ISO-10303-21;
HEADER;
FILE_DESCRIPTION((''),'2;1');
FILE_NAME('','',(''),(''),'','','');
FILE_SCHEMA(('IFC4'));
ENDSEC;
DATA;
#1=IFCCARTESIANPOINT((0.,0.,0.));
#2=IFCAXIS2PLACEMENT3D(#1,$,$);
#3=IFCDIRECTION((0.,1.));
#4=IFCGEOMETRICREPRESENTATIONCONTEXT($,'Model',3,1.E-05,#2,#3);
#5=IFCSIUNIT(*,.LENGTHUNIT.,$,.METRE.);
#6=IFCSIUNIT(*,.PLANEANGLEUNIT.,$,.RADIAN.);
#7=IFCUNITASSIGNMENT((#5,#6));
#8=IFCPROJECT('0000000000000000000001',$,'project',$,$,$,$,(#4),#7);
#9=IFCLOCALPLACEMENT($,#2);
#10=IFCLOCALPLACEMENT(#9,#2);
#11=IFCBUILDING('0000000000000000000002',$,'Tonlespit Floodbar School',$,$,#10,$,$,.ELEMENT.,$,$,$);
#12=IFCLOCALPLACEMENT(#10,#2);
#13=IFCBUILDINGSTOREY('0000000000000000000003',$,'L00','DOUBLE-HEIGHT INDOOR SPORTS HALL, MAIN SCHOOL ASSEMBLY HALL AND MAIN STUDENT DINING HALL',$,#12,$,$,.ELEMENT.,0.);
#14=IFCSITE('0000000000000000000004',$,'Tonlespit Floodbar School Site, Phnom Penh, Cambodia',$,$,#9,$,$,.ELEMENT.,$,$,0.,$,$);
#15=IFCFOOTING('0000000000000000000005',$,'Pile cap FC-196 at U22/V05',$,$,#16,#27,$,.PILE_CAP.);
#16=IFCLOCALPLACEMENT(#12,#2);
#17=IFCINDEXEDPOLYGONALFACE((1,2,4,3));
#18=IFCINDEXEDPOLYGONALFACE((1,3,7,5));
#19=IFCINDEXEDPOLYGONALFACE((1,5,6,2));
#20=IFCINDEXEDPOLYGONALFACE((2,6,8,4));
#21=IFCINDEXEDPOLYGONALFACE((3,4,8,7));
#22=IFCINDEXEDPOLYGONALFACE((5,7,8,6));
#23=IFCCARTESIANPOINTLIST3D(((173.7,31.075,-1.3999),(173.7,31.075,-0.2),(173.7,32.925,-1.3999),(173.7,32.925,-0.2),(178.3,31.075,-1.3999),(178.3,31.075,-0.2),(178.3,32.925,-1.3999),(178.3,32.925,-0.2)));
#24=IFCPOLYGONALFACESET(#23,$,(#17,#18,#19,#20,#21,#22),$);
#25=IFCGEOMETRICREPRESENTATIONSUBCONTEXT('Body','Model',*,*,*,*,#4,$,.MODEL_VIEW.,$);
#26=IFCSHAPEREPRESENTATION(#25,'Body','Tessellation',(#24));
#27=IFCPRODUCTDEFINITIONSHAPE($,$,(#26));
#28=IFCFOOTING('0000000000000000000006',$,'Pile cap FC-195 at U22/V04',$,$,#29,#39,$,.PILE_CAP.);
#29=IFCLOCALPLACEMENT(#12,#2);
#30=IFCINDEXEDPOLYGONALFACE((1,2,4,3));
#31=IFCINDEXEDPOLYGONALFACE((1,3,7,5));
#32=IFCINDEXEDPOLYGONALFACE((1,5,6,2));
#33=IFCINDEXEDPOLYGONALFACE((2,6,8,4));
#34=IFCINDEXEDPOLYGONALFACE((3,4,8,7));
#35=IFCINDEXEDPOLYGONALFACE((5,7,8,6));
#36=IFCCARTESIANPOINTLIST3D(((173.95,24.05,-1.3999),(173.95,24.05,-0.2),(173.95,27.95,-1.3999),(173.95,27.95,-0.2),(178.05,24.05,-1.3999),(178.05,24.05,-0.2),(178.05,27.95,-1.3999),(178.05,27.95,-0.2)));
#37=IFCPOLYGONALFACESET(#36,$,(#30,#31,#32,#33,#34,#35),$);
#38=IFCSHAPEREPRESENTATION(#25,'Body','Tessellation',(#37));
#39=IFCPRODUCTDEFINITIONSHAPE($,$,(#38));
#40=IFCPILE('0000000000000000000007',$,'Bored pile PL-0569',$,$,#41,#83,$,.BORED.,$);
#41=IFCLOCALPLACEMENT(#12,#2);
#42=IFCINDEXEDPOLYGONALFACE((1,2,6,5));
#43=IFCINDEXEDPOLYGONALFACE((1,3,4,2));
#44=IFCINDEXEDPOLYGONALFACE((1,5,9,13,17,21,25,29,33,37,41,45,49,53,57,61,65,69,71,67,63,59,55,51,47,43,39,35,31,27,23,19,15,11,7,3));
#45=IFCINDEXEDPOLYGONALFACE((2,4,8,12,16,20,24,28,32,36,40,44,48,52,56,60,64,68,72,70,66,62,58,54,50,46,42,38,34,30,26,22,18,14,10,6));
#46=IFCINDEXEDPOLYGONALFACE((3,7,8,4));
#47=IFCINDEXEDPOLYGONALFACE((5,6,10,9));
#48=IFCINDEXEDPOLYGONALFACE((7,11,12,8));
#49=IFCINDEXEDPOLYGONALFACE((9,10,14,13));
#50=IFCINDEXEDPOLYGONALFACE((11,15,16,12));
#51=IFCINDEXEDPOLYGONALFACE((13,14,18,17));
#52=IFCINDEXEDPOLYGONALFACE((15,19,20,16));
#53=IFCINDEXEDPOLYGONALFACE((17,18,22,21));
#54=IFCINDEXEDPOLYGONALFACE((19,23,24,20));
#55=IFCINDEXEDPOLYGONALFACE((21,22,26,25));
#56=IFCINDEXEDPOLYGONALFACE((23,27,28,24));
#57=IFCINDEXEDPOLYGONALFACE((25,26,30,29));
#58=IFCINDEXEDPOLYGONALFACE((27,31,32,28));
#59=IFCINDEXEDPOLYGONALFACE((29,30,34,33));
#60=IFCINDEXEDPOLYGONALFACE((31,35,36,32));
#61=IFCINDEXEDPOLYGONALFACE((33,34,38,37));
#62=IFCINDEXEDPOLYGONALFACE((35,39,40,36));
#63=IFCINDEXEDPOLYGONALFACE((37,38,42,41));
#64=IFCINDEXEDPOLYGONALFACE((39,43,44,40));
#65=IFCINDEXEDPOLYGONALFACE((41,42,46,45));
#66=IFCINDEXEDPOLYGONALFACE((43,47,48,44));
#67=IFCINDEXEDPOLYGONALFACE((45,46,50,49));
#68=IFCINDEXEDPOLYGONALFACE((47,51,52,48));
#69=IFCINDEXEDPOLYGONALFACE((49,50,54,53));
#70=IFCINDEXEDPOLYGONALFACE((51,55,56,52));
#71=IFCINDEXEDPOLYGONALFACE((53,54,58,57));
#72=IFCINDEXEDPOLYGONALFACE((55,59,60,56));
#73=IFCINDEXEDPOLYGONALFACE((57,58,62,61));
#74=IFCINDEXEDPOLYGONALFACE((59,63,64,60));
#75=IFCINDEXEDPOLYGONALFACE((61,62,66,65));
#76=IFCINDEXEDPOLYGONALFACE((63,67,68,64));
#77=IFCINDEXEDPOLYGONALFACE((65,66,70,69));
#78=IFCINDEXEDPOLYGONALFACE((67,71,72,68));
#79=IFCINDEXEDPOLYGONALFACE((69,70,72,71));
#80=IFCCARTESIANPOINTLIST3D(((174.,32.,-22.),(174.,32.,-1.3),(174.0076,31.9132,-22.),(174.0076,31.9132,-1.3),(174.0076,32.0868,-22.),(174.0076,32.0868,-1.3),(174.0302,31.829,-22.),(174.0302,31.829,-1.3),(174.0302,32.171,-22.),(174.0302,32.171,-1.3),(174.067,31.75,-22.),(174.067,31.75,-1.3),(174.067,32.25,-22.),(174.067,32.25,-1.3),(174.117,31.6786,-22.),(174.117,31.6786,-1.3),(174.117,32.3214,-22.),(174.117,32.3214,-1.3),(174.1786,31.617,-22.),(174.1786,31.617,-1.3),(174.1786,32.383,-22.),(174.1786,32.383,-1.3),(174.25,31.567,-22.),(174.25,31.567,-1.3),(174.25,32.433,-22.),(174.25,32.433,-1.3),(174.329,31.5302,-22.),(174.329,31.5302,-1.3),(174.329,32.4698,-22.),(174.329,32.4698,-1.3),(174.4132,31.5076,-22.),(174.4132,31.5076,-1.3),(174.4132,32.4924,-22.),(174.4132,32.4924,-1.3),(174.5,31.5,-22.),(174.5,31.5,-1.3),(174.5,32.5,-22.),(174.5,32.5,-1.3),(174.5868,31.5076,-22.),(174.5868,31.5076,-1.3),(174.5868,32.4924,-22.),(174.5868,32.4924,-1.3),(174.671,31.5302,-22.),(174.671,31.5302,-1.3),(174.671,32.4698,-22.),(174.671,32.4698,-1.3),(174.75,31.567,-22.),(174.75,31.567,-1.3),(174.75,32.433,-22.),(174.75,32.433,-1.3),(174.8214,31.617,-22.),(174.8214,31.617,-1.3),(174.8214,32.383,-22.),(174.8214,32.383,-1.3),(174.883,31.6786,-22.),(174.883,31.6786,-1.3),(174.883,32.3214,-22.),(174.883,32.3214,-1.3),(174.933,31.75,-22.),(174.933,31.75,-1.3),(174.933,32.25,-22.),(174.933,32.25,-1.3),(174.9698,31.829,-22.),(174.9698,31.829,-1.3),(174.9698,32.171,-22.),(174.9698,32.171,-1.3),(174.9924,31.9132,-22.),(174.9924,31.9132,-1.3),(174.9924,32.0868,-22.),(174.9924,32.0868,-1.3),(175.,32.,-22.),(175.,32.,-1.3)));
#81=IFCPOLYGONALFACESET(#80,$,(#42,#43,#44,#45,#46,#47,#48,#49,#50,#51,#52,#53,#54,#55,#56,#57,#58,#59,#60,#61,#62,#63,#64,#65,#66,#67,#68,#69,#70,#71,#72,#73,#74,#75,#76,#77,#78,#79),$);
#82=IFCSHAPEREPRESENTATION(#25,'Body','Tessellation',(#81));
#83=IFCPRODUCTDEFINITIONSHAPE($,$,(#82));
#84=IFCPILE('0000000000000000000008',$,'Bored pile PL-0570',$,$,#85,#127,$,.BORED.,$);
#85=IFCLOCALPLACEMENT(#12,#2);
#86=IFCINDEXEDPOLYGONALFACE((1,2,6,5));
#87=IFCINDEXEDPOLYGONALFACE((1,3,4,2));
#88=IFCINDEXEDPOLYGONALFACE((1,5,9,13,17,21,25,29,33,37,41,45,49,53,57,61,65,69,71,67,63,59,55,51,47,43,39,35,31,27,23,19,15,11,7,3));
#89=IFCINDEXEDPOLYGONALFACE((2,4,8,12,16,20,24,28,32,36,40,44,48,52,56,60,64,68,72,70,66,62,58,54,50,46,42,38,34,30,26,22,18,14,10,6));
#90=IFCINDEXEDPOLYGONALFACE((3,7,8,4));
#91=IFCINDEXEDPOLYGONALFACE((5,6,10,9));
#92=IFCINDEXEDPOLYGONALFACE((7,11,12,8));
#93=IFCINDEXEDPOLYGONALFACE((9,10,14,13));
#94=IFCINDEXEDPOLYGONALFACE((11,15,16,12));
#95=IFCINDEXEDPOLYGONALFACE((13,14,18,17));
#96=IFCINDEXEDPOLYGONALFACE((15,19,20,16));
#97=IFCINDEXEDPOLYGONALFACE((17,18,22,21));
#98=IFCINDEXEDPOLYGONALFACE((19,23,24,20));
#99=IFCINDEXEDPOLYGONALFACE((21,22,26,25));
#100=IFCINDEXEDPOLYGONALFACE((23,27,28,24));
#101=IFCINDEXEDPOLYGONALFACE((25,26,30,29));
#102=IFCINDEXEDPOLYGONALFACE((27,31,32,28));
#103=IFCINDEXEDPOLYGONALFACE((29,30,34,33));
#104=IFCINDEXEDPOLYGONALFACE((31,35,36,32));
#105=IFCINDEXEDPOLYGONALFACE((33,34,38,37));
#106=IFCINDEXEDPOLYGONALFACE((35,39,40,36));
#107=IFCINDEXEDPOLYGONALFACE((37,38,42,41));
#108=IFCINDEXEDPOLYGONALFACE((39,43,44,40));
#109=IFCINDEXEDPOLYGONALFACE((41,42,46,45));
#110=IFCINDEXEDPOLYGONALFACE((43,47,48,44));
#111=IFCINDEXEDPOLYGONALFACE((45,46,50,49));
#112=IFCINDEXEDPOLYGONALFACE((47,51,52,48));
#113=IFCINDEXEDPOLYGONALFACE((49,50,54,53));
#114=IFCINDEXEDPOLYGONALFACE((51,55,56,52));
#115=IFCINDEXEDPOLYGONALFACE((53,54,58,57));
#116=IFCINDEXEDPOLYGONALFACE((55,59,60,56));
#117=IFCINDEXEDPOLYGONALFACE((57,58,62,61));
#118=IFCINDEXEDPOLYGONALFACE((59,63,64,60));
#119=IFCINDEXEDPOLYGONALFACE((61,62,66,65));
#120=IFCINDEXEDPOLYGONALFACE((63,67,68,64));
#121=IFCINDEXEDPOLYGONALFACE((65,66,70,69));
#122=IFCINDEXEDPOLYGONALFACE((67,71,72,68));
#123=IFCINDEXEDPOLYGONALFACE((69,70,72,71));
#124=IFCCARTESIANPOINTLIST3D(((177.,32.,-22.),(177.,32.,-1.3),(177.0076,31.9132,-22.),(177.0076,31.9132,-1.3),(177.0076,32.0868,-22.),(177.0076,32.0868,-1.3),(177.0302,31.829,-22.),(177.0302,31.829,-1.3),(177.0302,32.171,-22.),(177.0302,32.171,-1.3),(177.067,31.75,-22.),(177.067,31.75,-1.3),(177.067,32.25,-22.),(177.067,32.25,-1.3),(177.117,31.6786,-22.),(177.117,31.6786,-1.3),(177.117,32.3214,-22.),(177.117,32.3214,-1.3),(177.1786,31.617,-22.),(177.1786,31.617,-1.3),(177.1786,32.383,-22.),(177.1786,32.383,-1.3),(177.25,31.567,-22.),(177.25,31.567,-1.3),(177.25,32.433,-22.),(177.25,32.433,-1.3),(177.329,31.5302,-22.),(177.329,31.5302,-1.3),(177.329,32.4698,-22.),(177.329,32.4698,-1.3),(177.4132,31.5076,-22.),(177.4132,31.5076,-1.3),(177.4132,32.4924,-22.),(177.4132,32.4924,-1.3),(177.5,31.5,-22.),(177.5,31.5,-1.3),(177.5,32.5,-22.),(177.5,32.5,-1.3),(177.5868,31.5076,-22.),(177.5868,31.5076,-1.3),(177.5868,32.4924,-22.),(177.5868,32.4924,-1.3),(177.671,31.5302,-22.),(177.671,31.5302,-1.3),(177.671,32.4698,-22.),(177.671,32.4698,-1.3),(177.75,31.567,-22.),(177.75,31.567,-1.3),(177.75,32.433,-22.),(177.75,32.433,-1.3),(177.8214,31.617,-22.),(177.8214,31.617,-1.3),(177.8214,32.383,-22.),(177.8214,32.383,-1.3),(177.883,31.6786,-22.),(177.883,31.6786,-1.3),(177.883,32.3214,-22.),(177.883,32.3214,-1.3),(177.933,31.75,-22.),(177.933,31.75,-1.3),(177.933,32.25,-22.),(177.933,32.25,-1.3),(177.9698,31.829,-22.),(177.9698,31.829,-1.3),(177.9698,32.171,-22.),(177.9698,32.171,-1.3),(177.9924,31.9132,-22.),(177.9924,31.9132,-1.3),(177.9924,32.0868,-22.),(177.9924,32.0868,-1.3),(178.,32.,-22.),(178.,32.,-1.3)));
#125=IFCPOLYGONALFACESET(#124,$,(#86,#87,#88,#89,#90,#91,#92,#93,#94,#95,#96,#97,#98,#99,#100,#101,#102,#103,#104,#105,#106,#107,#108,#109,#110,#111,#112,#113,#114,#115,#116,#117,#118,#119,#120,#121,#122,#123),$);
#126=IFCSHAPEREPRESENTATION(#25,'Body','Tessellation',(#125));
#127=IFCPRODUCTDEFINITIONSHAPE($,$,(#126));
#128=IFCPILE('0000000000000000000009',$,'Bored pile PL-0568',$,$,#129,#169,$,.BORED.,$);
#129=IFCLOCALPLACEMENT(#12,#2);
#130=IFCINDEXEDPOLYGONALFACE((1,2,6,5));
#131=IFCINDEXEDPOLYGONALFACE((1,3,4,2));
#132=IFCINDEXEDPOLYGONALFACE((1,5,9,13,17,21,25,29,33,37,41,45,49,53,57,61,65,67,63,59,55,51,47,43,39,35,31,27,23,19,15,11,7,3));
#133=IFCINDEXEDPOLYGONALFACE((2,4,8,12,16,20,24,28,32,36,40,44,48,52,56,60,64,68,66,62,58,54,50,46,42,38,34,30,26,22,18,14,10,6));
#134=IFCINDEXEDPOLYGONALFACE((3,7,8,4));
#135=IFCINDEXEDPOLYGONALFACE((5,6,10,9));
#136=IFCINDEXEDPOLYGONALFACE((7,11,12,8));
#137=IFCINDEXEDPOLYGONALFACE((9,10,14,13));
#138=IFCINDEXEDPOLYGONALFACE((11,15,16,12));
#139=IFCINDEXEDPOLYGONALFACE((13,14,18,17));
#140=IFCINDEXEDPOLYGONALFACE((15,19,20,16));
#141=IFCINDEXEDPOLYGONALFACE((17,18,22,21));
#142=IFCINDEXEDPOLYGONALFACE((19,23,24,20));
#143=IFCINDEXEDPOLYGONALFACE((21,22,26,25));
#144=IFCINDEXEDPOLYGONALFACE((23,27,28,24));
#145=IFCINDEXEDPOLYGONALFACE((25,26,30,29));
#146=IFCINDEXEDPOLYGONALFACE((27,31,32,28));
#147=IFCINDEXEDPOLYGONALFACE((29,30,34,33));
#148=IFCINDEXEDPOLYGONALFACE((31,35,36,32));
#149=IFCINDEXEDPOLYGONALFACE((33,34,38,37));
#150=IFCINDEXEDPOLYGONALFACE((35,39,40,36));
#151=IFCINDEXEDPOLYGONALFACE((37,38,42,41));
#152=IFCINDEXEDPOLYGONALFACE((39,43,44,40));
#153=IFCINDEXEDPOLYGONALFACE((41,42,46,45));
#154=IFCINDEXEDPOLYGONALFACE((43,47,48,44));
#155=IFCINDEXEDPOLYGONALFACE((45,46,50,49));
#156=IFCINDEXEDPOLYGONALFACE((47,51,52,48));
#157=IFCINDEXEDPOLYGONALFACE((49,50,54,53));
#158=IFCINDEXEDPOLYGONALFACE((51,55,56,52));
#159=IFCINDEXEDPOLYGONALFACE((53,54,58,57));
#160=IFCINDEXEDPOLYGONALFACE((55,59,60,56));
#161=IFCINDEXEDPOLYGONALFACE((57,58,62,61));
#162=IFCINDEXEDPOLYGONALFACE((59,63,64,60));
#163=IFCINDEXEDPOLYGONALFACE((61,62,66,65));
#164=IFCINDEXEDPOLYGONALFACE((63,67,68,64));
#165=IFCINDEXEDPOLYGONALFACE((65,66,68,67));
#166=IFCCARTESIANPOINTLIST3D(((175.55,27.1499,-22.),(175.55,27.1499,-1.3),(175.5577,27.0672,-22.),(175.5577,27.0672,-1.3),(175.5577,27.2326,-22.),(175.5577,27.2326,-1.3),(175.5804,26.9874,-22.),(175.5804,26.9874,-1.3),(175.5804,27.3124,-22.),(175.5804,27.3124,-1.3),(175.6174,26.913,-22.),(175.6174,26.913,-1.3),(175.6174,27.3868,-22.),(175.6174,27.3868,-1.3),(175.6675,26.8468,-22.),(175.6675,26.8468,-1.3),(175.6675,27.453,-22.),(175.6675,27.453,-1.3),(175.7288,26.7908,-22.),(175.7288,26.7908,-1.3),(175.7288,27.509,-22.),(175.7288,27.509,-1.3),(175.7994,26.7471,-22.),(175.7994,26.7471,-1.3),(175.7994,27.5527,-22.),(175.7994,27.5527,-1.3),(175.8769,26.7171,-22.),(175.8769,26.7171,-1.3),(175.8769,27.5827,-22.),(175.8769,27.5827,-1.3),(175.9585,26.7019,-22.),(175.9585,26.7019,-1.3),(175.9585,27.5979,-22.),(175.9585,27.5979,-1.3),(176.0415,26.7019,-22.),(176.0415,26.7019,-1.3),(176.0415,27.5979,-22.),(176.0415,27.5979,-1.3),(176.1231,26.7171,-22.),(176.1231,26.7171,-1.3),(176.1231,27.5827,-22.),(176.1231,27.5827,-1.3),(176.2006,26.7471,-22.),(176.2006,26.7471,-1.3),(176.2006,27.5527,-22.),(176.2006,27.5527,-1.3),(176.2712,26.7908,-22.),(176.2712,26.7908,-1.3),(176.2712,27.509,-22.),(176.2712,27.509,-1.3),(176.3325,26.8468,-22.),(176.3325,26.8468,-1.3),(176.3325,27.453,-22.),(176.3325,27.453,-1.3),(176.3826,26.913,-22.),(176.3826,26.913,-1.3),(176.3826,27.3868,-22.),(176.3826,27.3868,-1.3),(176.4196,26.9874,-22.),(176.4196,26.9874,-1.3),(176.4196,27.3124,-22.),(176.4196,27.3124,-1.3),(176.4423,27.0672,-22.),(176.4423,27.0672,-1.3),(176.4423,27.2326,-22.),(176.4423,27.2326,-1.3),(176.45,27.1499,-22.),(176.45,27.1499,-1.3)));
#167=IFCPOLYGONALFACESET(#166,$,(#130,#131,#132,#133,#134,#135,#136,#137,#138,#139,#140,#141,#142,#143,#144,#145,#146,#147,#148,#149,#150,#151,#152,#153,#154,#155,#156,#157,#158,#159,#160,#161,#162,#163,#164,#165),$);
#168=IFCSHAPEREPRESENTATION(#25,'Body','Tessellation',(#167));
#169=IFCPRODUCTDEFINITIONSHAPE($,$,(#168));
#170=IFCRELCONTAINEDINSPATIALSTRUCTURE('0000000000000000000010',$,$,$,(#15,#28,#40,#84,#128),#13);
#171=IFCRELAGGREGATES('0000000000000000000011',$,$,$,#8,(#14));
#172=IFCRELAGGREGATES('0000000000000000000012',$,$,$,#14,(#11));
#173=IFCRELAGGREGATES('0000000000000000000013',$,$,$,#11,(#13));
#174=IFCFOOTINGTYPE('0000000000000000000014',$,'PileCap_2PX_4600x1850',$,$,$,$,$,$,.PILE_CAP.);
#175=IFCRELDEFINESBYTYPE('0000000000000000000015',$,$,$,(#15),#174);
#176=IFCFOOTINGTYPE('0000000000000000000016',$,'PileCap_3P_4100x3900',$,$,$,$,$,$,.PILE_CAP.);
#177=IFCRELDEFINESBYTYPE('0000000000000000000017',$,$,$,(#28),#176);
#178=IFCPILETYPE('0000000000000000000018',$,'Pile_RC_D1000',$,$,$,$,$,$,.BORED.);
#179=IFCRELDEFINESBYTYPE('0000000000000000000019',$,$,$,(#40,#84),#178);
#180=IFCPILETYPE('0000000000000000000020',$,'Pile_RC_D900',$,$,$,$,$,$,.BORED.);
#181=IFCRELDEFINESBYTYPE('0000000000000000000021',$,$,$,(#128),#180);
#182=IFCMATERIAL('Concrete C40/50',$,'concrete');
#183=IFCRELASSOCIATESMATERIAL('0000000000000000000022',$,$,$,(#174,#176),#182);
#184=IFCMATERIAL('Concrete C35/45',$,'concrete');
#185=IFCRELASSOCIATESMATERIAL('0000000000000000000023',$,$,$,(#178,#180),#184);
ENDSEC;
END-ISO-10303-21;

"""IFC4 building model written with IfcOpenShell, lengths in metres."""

from ifc_helpers import new_model, si_unit, direction, frame, origin, origin_2d, place, context, subcontext, project, spatial, rectangle, circle, extrude, material, material_profile, profile_set, type_object, element, save


model = new_model("IFC4")

# Units and contexts
model_context = context("Model", 3, precision=1e-05, world=origin(), true_north=direction((0.0, 1.0)))
body_context = subcontext(model_context, "Body", "Model", "MODEL_VIEW")
ifc_project = project(units=[si_unit("LENGTHUNIT", "METRE"), si_unit("PLANEANGLEUNIT", "RADIAN")], contexts=[model_context])

# Site, building, storey
site_placement = place(None, origin())
site = spatial("IfcSite", under=ifc_project, at=site_placement, Name="Tonlespit Floodbar School Site, Phnom Penh, Cambodia", CompositionType="ELEMENT", RefElevation=0.0)
building_placement = place(site_placement, origin())
building = spatial("IfcBuilding", under=site, at=building_placement, Name="Tonlespit Floodbar School", CompositionType="ELEMENT")
storey_placement = place(building_placement, origin())
storey = spatial("IfcBuildingStorey", under=building, at=storey_placement, Name="L00", Description="DOUBLE-HEIGHT INDOOR SPORTS HALL, MAIN SCHOOL ASSEMBLY HALL AND MAIN STUDENT DINING HALL", CompositionType="ELEMENT", Elevation=0.0)

# Footings
ifc_material_1 = material(Name="Concrete C40/50", Category="concrete")
footing_type_1 = type_object("IfcFootingType", Name="PileCap_2PX_4600x1850", PredefinedType="PILE_CAP", material=ifc_material_1)
footing_1_placement = place(storey_placement, frame((176.0, 32.0, -1.3999), z_axis=(0.0, 0.0, 1.0), x_axis=(1.0, 0.0, 0.0)))
element("IfcFooting", 1, at=footing_1_placement, inside=storey, type_object=footing_type_1, Name="Pile cap FC-196 at U22/V05", PredefinedType="PILE_CAP", context=body_context, shape_type="SweptSolid", body=[
    extrude(rectangle(XDim=4.6001, YDim=1.8501, at=origin_2d()), origin(), (0.0, 0.0, 1.0), 1.2),
])
footing_type_2 = type_object("IfcFootingType", Name="PileCap_3P_4100x3900", PredefinedType="PILE_CAP", material=ifc_material_1)
footing_2_placement = place(storey_placement, frame((176.0, 26.0, -1.3999), z_axis=(0.0, 0.0, 1.0), x_axis=(1.0, 0.0, 0.0)))
element("IfcFooting", 2, at=footing_2_placement, inside=storey, type_object=footing_type_2, Name="Pile cap FC-195 at U22/V04", PredefinedType="PILE_CAP", context=body_context, shape_type="SweptSolid", body=[
    extrude(rectangle(XDim=4.1001, YDim=3.8999, at=origin_2d()), origin(), (0.0, 0.0, 1.0), 1.2),
])

# Piles
ifc_material_2 = material(Name="Concrete C35/45", Category="concrete")
ifc_material_profile_1 = material_profile(ifc_material_2, circle(Radius=0.5, at=origin_2d()), Name="BP D1000")
ifc_profile_set_1 = profile_set([ifc_material_profile_1], Name="Concrete C35/45")
pile_type_1 = type_object("IfcPileType", Name="Pile_RC_D1000", PredefinedType="BORED", material=ifc_profile_set_1)
for number, where, z_axis, x_axis, name in (
    (3, (174.5, 32.0, -1.3), (0.0, 0.0, -1.0), (1.0, 0.0, 0.0), "Bored pile PL-0569"),
    (4, (177.5, 32.0, -1.3), (0.0, 0.0, -1.0), (1.0, 0.0, 0.0), "Bored pile PL-0570"),
):
    element("IfcPile", number, at=place(storey_placement, frame(where, z_axis=z_axis, x_axis=x_axis)), inside=storey, type_object=pile_type_1, Name=name, PredefinedType="BORED", context=body_context, shape_type="SweptSolid", body=[
        extrude(circle(Radius=0.5, at=origin_2d()), origin(), (0.0, 0.0, 1.0), 20.7),
    ])
ifc_material_profile_2 = material_profile(ifc_material_2, circle(Radius=0.45, at=origin_2d()), Name="BP D900")
ifc_profile_set_2 = profile_set([ifc_material_profile_2], Name="Concrete C35/45")
pile_type_2 = type_object("IfcPileType", Name="Pile_RC_D900", PredefinedType="BORED", material=ifc_profile_set_2)
for number, where, z_axis, x_axis, name in (
    (5, (176.0, 27.1499, -1.3), (0.0, 0.0, -1.0), (1.0, 0.0, 0.0), "Bored pile PL-0568"),
):
    element("IfcPile", number, at=place(storey_placement, frame(where, z_axis=z_axis, x_axis=x_axis)), inside=storey, type_object=pile_type_2, Name=name, PredefinedType="BORED", context=body_context, shape_type="SweptSolid", body=[
        extrude(circle(Radius=0.45, at=origin_2d()), origin(), (0.0, 0.0, 1.0), 20.7),
    ])

save(model, "model.ifc")
